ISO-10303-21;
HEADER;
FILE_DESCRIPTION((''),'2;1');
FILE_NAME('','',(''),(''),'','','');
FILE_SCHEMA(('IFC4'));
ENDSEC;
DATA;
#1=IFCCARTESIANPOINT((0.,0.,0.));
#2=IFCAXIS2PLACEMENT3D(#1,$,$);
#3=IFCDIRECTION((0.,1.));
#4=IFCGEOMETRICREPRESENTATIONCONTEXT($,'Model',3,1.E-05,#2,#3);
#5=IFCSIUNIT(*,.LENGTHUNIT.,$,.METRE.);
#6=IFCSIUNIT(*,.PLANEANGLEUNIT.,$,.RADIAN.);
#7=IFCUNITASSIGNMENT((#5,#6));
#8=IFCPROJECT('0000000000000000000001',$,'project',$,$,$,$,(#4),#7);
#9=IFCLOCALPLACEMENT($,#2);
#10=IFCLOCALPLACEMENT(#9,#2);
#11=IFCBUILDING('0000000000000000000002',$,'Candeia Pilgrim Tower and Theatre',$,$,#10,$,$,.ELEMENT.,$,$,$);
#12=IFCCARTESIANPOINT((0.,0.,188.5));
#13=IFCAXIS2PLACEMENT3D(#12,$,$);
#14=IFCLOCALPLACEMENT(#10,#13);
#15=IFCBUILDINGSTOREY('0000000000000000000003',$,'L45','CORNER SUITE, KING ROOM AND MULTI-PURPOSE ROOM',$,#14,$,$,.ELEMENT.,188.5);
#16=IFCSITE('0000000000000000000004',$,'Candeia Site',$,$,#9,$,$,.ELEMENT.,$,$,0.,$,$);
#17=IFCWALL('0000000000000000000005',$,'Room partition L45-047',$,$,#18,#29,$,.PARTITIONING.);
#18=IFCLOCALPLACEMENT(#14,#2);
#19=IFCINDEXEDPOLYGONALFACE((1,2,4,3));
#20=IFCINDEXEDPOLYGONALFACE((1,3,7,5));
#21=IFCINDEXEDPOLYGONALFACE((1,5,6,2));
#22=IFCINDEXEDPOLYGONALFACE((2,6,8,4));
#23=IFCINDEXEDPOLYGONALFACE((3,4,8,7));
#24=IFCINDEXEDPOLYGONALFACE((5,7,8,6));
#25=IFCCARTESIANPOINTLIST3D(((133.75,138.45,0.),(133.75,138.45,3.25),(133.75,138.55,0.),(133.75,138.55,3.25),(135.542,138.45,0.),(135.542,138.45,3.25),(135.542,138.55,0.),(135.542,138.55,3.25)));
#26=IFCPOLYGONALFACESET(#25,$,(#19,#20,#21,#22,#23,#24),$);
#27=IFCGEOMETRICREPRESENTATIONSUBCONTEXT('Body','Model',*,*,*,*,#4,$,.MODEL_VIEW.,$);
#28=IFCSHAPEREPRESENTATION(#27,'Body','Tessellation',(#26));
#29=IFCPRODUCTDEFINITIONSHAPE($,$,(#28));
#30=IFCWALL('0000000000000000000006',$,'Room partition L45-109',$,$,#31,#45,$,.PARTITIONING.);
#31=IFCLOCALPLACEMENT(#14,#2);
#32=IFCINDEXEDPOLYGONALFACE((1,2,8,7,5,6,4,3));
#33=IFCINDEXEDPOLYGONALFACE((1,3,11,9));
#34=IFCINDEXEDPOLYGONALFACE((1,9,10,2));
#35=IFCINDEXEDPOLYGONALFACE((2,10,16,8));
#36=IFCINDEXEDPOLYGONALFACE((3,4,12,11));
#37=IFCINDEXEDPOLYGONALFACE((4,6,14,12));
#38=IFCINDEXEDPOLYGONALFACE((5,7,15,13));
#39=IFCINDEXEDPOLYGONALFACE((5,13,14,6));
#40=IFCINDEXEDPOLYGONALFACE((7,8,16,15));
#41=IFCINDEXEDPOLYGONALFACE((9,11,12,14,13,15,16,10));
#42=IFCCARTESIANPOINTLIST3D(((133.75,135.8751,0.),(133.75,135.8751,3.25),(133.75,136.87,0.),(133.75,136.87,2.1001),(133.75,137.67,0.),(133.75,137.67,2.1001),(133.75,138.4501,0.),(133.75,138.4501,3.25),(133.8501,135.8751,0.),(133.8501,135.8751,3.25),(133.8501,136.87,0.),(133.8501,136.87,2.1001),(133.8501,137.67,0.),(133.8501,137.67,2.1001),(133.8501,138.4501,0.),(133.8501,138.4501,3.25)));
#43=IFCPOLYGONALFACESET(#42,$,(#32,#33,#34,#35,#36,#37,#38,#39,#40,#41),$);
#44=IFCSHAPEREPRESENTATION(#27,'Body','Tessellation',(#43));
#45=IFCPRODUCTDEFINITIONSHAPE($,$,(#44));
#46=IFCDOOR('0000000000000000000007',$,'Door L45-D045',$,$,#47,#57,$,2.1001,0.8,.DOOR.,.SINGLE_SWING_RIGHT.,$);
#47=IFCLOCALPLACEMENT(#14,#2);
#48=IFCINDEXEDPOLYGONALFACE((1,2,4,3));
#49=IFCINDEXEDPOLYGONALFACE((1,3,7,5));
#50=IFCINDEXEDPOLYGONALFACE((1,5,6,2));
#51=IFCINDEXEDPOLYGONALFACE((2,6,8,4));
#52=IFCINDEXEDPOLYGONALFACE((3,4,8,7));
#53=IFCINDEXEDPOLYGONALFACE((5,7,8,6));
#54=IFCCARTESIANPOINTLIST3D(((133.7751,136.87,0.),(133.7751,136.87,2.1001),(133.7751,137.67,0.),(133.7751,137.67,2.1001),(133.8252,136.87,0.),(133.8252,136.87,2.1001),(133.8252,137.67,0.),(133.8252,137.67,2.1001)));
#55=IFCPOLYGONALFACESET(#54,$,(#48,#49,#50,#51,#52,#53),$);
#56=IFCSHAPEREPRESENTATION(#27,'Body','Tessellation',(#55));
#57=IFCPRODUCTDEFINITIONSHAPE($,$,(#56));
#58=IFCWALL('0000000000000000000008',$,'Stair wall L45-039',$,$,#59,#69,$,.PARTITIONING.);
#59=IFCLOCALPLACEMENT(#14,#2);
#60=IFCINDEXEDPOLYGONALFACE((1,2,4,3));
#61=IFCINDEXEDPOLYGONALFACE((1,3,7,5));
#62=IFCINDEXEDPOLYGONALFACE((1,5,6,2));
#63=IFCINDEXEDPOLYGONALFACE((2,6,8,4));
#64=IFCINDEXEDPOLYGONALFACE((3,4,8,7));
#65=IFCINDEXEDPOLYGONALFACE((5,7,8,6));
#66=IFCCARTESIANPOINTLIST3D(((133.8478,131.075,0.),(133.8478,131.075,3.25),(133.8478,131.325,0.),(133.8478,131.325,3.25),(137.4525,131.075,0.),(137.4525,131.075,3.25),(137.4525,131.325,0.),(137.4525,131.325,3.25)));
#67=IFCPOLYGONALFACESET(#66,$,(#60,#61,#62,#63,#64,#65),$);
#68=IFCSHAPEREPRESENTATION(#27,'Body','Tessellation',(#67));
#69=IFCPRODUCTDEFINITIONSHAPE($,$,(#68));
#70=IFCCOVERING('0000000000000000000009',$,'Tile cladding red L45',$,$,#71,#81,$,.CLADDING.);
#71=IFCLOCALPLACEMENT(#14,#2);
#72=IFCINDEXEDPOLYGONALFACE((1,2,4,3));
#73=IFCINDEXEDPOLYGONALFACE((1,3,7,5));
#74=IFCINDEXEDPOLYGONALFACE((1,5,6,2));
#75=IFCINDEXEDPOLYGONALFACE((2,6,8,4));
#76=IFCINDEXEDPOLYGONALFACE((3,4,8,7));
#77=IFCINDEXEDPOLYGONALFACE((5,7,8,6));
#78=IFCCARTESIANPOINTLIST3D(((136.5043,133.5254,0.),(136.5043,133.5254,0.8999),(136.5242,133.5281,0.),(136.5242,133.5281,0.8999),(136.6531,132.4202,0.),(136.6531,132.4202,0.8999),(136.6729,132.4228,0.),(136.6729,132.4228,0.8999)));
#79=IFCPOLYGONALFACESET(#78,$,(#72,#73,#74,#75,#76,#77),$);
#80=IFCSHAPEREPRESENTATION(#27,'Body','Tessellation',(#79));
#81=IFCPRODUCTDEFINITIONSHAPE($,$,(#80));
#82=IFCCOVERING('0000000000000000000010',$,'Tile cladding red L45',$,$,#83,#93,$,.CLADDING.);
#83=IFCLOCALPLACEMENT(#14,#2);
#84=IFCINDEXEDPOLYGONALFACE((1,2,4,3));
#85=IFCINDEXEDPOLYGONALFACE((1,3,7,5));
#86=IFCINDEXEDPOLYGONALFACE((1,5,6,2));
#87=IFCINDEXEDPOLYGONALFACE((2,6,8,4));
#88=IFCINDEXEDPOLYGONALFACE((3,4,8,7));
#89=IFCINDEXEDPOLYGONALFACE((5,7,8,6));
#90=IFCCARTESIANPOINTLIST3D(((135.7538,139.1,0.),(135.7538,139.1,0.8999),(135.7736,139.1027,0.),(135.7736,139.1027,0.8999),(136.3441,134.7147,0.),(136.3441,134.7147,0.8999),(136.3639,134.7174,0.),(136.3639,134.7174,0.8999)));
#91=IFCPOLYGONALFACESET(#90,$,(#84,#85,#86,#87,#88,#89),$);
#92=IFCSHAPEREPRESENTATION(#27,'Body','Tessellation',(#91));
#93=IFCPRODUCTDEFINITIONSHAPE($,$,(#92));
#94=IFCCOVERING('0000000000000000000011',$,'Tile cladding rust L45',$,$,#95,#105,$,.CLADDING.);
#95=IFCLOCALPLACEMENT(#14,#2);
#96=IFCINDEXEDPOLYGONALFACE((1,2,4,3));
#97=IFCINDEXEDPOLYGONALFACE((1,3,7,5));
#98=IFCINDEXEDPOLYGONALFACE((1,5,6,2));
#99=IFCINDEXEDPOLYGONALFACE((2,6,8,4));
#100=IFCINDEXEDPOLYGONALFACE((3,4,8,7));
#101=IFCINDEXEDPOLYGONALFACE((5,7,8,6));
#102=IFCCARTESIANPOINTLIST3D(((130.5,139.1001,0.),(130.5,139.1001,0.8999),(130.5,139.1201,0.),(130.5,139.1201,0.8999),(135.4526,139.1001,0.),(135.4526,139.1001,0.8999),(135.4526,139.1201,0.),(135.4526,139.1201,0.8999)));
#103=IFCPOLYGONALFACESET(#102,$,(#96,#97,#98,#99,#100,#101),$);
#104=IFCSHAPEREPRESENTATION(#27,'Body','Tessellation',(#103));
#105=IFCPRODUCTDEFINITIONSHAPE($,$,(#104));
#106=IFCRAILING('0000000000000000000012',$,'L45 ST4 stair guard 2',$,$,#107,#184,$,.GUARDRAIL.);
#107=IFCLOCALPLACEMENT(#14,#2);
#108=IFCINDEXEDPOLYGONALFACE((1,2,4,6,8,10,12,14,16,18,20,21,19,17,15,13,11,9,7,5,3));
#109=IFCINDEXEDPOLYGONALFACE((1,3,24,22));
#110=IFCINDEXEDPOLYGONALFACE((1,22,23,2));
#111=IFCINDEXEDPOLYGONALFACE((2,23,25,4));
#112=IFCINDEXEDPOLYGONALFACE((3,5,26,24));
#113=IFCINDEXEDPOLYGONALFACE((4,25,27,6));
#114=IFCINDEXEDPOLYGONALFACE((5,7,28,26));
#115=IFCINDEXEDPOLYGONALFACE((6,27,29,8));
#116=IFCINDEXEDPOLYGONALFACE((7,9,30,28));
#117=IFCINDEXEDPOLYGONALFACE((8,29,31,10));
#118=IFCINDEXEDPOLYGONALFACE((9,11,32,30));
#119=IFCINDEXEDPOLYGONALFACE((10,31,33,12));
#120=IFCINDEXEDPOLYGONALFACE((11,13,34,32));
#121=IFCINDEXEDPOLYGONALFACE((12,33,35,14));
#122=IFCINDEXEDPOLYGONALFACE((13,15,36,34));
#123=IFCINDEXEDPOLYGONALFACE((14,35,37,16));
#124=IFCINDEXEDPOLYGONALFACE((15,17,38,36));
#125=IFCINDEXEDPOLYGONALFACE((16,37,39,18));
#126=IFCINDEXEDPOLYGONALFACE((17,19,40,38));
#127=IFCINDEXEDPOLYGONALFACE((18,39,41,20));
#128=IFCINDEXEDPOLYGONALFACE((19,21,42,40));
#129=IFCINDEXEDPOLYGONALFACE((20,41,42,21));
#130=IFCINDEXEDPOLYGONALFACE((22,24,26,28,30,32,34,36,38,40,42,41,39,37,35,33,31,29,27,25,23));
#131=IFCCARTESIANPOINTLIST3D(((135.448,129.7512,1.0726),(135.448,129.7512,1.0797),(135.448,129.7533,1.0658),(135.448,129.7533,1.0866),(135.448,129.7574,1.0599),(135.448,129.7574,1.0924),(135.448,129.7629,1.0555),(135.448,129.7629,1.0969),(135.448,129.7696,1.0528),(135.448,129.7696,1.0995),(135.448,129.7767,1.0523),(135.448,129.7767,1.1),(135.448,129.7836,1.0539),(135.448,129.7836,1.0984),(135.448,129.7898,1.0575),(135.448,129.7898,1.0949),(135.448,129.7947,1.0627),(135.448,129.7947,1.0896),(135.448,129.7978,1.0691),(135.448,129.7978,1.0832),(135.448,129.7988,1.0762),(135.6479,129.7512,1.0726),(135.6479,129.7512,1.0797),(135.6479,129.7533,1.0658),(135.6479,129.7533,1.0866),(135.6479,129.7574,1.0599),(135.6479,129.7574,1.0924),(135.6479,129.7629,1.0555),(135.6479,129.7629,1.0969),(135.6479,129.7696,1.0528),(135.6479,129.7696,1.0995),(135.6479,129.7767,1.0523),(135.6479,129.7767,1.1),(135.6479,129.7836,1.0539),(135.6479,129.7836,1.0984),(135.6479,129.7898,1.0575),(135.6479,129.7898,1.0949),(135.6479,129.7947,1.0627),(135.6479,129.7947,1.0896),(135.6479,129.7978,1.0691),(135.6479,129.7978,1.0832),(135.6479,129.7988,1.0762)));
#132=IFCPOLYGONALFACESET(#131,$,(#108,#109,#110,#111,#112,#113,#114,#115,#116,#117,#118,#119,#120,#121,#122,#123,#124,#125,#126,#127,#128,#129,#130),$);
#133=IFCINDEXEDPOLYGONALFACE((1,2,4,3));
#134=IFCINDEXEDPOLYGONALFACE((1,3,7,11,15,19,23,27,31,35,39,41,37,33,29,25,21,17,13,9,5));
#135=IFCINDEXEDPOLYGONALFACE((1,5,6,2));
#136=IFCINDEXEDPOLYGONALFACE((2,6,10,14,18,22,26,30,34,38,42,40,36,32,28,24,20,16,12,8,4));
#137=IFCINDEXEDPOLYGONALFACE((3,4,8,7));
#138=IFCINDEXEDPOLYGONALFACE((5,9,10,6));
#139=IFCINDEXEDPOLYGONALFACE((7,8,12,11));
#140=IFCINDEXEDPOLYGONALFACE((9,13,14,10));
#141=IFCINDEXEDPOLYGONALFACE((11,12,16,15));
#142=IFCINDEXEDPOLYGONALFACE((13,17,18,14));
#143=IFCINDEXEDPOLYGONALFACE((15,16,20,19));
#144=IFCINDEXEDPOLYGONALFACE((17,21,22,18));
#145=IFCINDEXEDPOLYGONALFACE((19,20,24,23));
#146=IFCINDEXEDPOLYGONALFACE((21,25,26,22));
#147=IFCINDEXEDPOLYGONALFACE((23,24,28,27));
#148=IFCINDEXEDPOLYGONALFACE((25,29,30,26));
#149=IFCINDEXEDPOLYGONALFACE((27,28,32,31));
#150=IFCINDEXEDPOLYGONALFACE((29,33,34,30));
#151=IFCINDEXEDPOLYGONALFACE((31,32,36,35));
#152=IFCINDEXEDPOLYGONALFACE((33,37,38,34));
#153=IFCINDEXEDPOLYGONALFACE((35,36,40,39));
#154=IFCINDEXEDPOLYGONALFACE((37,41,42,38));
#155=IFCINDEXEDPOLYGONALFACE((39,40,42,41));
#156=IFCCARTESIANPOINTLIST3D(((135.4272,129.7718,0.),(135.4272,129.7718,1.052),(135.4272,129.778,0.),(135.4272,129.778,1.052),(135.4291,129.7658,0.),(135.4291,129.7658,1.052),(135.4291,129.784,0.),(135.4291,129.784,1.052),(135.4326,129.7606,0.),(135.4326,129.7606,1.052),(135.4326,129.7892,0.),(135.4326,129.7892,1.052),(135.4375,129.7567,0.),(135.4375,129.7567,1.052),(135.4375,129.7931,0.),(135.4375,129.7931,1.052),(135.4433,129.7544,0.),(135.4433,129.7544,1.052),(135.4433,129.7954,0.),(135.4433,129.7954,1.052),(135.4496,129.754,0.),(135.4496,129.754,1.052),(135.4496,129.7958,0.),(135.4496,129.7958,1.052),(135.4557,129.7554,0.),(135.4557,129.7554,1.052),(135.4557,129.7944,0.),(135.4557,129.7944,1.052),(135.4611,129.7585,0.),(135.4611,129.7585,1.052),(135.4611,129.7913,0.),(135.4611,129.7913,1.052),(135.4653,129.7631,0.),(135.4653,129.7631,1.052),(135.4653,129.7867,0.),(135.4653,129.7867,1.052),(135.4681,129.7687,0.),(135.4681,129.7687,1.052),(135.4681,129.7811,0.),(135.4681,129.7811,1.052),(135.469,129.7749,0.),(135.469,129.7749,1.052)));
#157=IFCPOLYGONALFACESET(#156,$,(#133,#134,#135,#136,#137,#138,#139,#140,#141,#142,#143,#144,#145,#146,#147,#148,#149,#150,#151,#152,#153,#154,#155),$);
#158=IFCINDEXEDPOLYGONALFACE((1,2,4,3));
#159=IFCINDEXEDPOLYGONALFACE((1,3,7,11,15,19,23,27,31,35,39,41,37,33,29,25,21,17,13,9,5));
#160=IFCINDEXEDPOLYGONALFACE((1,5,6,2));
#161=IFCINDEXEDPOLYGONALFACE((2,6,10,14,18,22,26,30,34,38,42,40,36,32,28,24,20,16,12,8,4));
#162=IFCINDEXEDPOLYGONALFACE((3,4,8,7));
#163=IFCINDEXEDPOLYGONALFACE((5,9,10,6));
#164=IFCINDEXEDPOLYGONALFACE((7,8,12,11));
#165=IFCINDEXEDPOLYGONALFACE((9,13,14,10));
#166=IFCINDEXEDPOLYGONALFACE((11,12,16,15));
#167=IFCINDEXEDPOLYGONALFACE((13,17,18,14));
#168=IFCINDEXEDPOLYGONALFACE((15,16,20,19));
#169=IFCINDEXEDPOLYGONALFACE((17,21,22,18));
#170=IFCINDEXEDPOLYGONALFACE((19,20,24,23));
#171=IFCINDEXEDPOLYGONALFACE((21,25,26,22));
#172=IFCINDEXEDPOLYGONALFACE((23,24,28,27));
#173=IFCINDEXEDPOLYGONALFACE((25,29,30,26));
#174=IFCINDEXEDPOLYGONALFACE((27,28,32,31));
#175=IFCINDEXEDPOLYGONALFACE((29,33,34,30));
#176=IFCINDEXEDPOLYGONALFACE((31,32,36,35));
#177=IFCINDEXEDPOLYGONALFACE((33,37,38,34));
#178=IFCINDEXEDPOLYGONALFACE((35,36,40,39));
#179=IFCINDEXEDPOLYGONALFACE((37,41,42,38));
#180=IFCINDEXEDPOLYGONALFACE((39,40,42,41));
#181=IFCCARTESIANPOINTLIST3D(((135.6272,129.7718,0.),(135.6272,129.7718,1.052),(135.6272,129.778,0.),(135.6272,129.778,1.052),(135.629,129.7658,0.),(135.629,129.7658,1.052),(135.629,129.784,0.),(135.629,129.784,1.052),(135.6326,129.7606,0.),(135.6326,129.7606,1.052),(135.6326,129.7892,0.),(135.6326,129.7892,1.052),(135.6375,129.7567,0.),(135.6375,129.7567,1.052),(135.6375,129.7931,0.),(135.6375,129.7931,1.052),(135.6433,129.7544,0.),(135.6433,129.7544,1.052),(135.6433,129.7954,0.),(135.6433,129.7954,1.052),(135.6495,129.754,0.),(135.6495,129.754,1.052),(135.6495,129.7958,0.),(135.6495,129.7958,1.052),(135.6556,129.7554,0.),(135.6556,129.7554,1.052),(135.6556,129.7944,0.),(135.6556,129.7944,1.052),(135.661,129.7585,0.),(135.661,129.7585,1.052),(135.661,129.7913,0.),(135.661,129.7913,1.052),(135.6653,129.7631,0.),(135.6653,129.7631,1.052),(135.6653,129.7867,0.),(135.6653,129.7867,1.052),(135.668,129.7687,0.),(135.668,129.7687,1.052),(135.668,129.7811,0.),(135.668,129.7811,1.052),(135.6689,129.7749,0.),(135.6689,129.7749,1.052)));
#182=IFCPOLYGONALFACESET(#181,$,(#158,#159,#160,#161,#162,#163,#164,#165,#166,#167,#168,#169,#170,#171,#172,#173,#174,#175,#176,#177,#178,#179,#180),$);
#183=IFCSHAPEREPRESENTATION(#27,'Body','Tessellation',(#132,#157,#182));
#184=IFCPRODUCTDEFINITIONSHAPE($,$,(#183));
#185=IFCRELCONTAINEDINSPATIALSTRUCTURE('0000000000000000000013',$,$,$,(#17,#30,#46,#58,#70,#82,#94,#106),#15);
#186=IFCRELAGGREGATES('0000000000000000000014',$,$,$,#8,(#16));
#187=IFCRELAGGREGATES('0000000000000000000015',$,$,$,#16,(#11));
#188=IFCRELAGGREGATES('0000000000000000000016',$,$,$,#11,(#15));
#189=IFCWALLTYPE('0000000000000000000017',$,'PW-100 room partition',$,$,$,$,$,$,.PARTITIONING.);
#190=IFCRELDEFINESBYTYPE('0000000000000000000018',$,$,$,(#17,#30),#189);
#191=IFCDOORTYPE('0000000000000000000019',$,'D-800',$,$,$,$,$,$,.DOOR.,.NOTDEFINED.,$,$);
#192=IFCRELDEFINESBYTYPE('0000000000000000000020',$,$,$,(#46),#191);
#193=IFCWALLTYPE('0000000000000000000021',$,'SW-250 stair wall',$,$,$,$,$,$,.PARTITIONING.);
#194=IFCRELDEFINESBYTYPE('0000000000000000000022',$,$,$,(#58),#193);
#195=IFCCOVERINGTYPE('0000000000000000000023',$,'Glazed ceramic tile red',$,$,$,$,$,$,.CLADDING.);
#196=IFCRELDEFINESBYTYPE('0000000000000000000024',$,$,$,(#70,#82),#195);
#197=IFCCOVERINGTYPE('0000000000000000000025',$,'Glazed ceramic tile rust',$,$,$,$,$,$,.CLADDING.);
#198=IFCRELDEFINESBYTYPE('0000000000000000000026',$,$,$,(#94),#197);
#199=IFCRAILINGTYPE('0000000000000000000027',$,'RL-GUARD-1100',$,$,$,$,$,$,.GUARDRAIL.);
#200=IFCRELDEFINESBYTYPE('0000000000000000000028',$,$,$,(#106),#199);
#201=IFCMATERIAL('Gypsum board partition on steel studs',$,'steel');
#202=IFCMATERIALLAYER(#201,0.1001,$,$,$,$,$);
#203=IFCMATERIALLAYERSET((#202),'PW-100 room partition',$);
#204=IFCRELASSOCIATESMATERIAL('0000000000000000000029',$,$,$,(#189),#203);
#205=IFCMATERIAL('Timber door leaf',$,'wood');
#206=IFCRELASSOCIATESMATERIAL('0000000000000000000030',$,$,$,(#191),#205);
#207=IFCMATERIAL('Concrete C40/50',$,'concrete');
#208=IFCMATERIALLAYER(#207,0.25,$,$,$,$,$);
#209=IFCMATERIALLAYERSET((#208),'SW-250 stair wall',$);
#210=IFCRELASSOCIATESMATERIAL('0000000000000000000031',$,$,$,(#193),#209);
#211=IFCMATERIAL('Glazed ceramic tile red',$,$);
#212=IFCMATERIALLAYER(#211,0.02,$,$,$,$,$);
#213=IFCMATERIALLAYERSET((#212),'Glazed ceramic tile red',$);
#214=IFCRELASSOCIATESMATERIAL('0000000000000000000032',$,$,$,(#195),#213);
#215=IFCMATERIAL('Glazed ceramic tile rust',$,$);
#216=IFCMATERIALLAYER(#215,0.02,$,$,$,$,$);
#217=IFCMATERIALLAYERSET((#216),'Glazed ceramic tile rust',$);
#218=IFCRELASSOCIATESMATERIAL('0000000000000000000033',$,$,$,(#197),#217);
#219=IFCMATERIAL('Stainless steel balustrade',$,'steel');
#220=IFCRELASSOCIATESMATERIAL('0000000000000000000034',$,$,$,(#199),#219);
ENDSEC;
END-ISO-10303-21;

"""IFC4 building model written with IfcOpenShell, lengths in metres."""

from ifc_helpers import new_model, si_unit, direction, frame, frame_2d, origin, origin_2d, place, context, subcontext, project, spatial, rectangle, circle, extrude, material, layer, layer_set, type_object, element, fill, save


model = new_model("IFC4")

# Units and contexts
model_context = context("Model", 3, precision=1e-05, world=origin(), true_north=direction((0.0, 1.0)))
body_context = subcontext(model_context, "Body", "Model", "MODEL_VIEW")
ifc_project = project(units=[si_unit("LENGTHUNIT", "METRE"), si_unit("PLANEANGLEUNIT", "RADIAN")], contexts=[model_context])

# Site, building, storey
site_placement = place(None, origin())
site = spatial("IfcSite", under=ifc_project, at=site_placement, Name="Candeia Site", CompositionType="ELEMENT", RefElevation=0.0)
building_placement = place(site_placement, origin())
building = spatial("IfcBuilding", under=site, at=building_placement, Name="Candeia Pilgrim Tower and Theatre", CompositionType="ELEMENT")
storey_placement = place(building_placement, frame((0.0, 0.0, 188.5)))
storey = spatial("IfcBuildingStorey", under=building, at=storey_placement, Name="L45", Description="CORNER SUITE, KING ROOM AND MULTI-PURPOSE ROOM", CompositionType="ELEMENT", Elevation=188.5)

# Wall
ifc_material_1 = material(Name="Gypsum board partition on steel studs", Category="steel")
ifc_layer_1 = layer(ifc_material_1, 0.1001)
ifc_layer_set_1 = layer_set([ifc_layer_1], Name="PW-100 room partition")
wall_type_1 = type_object("IfcWallType", Name="PW-100 room partition", PredefinedType="PARTITIONING", material=ifc_layer_set_1)
wall_1_placement = place(storey_placement, frame((133.75, 138.5, 0.0), z_axis=(0.0, 0.0, 1.0), x_axis=(1.0, 0.0, 0.0)))
element("IfcWall", 1, at=wall_1_placement, inside=storey, type_object=wall_type_1, Name="Room partition L45-047", PredefinedType="PARTITIONING", context=body_context, shape_type="SweptSolid", body=[
    extrude(rectangle(XDim=1.792, YDim=0.1001, at=frame_2d((0.896, 0.0))), origin(), (0.0, 0.0, 1.0), 3.25),
])

# Wall, opening, door
wall_2_placement = place(storey_placement, frame((133.8, 135.875, 0.0), z_axis=(0.0, 0.0, 1.0), x_axis=(0.0, 1.0, 0.0)))
wall_2 = element("IfcWall", 2, at=wall_2_placement, inside=storey, type_object=wall_type_1, Name="Room partition L45-109", PredefinedType="PARTITIONING", context=body_context, shape_type="SweptSolid", body=[
    extrude(rectangle(XDim=2.575, YDim=0.1001, at=frame_2d((1.2876, 0.0))), origin(), (0.0, 0.0, 1.0), 3.25),
])
opening_1_placement = place(wall_2_placement, frame((0.9951, 0.0, 0.0)))
opening_1 = element("IfcOpeningElement", 3, at=opening_1_placement, cuts=wall_2, PredefinedType="OPENING", context=body_context, shape_type="SweptSolid", body=[
    extrude(rectangle(XDim=0.8, YDim=2.1001, at=frame_2d((0.3999, 1.05))), frame((0.0, 0.0601, 0.0), z_axis=(0.0, -1.0, 0.0), x_axis=(1.0, 0.0, 0.0)), (0.0, 0.0, 1.0), 0.1201),
])
ifc_material_2 = material(Name="Timber door leaf", Category="wood")
door_type_1 = type_object("IfcDoorType", Name="D-800", OperationType="NOTDEFINED", PredefinedType="DOOR", material=ifc_material_2)
door_1_placement = place(opening_1_placement, origin())
door_1 = element("IfcDoor", 4, at=door_1_placement, inside=storey, type_object=door_type_1, Name="Door L45-D045", OperationType="SINGLE_SWING_RIGHT", OverallHeight=2.1001, OverallWidth=0.8, PredefinedType="DOOR", context=body_context, shape_type="SweptSolid", body=[
    extrude(rectangle(XDim=0.8, YDim=2.1001, at=frame_2d((0.3999, 1.05))), frame((0.0, 0.0249, 0.0), z_axis=(0.0, -1.0, 0.0), x_axis=(1.0, 0.0, 0.0)), (0.0, 0.0, 1.0), 0.05),
])
fill(opening_1, door_1)

# Wall
ifc_material_3 = material(Name="Concrete C40/50", Category="concrete")
ifc_layer_2 = layer(ifc_material_3, 0.25)
ifc_layer_set_2 = layer_set([ifc_layer_2], Name="SW-250 stair wall")
wall_type_2 = type_object("IfcWallType", Name="SW-250 stair wall", PredefinedType="PARTITIONING", material=ifc_layer_set_2)
wall_3_placement = place(storey_placement, frame((133.8479, 131.2, 0.0), z_axis=(0.0, 0.0, 1.0), x_axis=(1.0, 0.0, 0.0)))
element("IfcWall", 5, at=wall_3_placement, inside=storey, type_object=wall_type_2, Name="Stair wall L45-039", PredefinedType="PARTITIONING", context=body_context, shape_type="SweptSolid", body=[
    extrude(rectangle(XDim=3.6047, YDim=0.25, at=frame_2d((1.8022, 0.0))), origin(), (0.0, 0.0, 1.0), 3.25),
])

# Coverings
ifc_material_4 = material(Name="Glazed ceramic tile red")
ifc_layer_3 = layer(ifc_material_4, 0.02)
ifc_layer_set_3 = layer_set([ifc_layer_3], Name="Glazed ceramic tile red")
covering_type_1 = type_object("IfcCoveringType", Name="Glazed ceramic tile red", PredefinedType="CLADDING", material=ifc_layer_set_3)
covering_1_placement = place(storey_placement, frame((136.5886, 132.9741, 0.0), z_axis=(0.0, 0.0, 1.0), x_axis=(-0.133412, 0.991061, 0.0)))
element("IfcCovering", 6, at=covering_1_placement, inside=storey, type_object=covering_type_1, Name="Tile cladding red L45", PredefinedType="CLADDING", context=body_context, shape_type="SweptSolid", body=[
    extrude(rectangle(XDim=1.1152, YDim=0.02, at=origin_2d()), origin(), (0.0, 0.0, 1.0), 0.8999),
])
covering_2_placement = place(storey_placement, frame((136.0588, 136.9087, 0.0), z_axis=(0.0, 0.0, 1.0), x_axis=(-0.133412, 0.991061, 0.0)))
element("IfcCovering", 7, at=covering_2_placement, inside=storey, type_object=covering_type_1, Name="Tile cladding red L45", PredefinedType="CLADDING", context=body_context, shape_type="SweptSolid", body=[
    extrude(rectangle(XDim=4.4248, YDim=0.02, at=origin_2d()), origin(), (0.0, 0.0, 1.0), 0.8999),
])
ifc_material_5 = material(Name="Glazed ceramic tile rust")
ifc_layer_4 = layer(ifc_material_5, 0.02)
ifc_layer_set_4 = layer_set([ifc_layer_4], Name="Glazed ceramic tile rust")
covering_type_2 = type_object("IfcCoveringType", Name="Glazed ceramic tile rust", PredefinedType="CLADDING", material=ifc_layer_set_4)
covering_3_placement = place(storey_placement, frame((132.9763, 139.1101, 0.0), z_axis=(0.0, 0.0, 1.0), x_axis=(-1.0, 0.0, 0.0)))
element("IfcCovering", 8, at=covering_3_placement, inside=storey, type_object=covering_type_2, Name="Tile cladding rust L45", PredefinedType="CLADDING", context=body_context, shape_type="SweptSolid", body=[
    extrude(rectangle(XDim=4.9526, YDim=0.02, at=origin_2d()), origin(), (0.0, 0.0, 1.0), 0.8999),
])

# Railing
ifc_material_6 = material(Name="Stainless steel balustrade", Category="steel")
railing_type = type_object("IfcRailingType", Name="RL-GUARD-1100", PredefinedType="GUARDRAIL", material=ifc_material_6)
railing_placement = place(storey_placement, frame((135.448, 129.7749, 0.0)))
element("IfcRailing", 9, at=railing_placement, inside=storey, type_object=railing_type, Name="L45 ST4 stair guard 2", PredefinedType="GUARDRAIL", context=body_context, shape_type="SweptSolid", body=[
    extrude(circle(Radius=0.0239, at=origin_2d()), frame((0.0, 0.0, 1.0762), z_axis=(1.0, 0.0, 0.0), x_axis=(0.0, 1.0, 0.0)), (0.0, 0.0, 1.0), 0.2),
    extrude(circle(Radius=0.021, at=origin_2d()), origin(), (0.0, 0.0, 1.0), 1.052),
    extrude(circle(Radius=0.021, at=origin_2d()), frame((0.2, 0.0, 0.0)), (0.0, 0.0, 1.0), 1.052),
])

save(model, "model.ifc")
